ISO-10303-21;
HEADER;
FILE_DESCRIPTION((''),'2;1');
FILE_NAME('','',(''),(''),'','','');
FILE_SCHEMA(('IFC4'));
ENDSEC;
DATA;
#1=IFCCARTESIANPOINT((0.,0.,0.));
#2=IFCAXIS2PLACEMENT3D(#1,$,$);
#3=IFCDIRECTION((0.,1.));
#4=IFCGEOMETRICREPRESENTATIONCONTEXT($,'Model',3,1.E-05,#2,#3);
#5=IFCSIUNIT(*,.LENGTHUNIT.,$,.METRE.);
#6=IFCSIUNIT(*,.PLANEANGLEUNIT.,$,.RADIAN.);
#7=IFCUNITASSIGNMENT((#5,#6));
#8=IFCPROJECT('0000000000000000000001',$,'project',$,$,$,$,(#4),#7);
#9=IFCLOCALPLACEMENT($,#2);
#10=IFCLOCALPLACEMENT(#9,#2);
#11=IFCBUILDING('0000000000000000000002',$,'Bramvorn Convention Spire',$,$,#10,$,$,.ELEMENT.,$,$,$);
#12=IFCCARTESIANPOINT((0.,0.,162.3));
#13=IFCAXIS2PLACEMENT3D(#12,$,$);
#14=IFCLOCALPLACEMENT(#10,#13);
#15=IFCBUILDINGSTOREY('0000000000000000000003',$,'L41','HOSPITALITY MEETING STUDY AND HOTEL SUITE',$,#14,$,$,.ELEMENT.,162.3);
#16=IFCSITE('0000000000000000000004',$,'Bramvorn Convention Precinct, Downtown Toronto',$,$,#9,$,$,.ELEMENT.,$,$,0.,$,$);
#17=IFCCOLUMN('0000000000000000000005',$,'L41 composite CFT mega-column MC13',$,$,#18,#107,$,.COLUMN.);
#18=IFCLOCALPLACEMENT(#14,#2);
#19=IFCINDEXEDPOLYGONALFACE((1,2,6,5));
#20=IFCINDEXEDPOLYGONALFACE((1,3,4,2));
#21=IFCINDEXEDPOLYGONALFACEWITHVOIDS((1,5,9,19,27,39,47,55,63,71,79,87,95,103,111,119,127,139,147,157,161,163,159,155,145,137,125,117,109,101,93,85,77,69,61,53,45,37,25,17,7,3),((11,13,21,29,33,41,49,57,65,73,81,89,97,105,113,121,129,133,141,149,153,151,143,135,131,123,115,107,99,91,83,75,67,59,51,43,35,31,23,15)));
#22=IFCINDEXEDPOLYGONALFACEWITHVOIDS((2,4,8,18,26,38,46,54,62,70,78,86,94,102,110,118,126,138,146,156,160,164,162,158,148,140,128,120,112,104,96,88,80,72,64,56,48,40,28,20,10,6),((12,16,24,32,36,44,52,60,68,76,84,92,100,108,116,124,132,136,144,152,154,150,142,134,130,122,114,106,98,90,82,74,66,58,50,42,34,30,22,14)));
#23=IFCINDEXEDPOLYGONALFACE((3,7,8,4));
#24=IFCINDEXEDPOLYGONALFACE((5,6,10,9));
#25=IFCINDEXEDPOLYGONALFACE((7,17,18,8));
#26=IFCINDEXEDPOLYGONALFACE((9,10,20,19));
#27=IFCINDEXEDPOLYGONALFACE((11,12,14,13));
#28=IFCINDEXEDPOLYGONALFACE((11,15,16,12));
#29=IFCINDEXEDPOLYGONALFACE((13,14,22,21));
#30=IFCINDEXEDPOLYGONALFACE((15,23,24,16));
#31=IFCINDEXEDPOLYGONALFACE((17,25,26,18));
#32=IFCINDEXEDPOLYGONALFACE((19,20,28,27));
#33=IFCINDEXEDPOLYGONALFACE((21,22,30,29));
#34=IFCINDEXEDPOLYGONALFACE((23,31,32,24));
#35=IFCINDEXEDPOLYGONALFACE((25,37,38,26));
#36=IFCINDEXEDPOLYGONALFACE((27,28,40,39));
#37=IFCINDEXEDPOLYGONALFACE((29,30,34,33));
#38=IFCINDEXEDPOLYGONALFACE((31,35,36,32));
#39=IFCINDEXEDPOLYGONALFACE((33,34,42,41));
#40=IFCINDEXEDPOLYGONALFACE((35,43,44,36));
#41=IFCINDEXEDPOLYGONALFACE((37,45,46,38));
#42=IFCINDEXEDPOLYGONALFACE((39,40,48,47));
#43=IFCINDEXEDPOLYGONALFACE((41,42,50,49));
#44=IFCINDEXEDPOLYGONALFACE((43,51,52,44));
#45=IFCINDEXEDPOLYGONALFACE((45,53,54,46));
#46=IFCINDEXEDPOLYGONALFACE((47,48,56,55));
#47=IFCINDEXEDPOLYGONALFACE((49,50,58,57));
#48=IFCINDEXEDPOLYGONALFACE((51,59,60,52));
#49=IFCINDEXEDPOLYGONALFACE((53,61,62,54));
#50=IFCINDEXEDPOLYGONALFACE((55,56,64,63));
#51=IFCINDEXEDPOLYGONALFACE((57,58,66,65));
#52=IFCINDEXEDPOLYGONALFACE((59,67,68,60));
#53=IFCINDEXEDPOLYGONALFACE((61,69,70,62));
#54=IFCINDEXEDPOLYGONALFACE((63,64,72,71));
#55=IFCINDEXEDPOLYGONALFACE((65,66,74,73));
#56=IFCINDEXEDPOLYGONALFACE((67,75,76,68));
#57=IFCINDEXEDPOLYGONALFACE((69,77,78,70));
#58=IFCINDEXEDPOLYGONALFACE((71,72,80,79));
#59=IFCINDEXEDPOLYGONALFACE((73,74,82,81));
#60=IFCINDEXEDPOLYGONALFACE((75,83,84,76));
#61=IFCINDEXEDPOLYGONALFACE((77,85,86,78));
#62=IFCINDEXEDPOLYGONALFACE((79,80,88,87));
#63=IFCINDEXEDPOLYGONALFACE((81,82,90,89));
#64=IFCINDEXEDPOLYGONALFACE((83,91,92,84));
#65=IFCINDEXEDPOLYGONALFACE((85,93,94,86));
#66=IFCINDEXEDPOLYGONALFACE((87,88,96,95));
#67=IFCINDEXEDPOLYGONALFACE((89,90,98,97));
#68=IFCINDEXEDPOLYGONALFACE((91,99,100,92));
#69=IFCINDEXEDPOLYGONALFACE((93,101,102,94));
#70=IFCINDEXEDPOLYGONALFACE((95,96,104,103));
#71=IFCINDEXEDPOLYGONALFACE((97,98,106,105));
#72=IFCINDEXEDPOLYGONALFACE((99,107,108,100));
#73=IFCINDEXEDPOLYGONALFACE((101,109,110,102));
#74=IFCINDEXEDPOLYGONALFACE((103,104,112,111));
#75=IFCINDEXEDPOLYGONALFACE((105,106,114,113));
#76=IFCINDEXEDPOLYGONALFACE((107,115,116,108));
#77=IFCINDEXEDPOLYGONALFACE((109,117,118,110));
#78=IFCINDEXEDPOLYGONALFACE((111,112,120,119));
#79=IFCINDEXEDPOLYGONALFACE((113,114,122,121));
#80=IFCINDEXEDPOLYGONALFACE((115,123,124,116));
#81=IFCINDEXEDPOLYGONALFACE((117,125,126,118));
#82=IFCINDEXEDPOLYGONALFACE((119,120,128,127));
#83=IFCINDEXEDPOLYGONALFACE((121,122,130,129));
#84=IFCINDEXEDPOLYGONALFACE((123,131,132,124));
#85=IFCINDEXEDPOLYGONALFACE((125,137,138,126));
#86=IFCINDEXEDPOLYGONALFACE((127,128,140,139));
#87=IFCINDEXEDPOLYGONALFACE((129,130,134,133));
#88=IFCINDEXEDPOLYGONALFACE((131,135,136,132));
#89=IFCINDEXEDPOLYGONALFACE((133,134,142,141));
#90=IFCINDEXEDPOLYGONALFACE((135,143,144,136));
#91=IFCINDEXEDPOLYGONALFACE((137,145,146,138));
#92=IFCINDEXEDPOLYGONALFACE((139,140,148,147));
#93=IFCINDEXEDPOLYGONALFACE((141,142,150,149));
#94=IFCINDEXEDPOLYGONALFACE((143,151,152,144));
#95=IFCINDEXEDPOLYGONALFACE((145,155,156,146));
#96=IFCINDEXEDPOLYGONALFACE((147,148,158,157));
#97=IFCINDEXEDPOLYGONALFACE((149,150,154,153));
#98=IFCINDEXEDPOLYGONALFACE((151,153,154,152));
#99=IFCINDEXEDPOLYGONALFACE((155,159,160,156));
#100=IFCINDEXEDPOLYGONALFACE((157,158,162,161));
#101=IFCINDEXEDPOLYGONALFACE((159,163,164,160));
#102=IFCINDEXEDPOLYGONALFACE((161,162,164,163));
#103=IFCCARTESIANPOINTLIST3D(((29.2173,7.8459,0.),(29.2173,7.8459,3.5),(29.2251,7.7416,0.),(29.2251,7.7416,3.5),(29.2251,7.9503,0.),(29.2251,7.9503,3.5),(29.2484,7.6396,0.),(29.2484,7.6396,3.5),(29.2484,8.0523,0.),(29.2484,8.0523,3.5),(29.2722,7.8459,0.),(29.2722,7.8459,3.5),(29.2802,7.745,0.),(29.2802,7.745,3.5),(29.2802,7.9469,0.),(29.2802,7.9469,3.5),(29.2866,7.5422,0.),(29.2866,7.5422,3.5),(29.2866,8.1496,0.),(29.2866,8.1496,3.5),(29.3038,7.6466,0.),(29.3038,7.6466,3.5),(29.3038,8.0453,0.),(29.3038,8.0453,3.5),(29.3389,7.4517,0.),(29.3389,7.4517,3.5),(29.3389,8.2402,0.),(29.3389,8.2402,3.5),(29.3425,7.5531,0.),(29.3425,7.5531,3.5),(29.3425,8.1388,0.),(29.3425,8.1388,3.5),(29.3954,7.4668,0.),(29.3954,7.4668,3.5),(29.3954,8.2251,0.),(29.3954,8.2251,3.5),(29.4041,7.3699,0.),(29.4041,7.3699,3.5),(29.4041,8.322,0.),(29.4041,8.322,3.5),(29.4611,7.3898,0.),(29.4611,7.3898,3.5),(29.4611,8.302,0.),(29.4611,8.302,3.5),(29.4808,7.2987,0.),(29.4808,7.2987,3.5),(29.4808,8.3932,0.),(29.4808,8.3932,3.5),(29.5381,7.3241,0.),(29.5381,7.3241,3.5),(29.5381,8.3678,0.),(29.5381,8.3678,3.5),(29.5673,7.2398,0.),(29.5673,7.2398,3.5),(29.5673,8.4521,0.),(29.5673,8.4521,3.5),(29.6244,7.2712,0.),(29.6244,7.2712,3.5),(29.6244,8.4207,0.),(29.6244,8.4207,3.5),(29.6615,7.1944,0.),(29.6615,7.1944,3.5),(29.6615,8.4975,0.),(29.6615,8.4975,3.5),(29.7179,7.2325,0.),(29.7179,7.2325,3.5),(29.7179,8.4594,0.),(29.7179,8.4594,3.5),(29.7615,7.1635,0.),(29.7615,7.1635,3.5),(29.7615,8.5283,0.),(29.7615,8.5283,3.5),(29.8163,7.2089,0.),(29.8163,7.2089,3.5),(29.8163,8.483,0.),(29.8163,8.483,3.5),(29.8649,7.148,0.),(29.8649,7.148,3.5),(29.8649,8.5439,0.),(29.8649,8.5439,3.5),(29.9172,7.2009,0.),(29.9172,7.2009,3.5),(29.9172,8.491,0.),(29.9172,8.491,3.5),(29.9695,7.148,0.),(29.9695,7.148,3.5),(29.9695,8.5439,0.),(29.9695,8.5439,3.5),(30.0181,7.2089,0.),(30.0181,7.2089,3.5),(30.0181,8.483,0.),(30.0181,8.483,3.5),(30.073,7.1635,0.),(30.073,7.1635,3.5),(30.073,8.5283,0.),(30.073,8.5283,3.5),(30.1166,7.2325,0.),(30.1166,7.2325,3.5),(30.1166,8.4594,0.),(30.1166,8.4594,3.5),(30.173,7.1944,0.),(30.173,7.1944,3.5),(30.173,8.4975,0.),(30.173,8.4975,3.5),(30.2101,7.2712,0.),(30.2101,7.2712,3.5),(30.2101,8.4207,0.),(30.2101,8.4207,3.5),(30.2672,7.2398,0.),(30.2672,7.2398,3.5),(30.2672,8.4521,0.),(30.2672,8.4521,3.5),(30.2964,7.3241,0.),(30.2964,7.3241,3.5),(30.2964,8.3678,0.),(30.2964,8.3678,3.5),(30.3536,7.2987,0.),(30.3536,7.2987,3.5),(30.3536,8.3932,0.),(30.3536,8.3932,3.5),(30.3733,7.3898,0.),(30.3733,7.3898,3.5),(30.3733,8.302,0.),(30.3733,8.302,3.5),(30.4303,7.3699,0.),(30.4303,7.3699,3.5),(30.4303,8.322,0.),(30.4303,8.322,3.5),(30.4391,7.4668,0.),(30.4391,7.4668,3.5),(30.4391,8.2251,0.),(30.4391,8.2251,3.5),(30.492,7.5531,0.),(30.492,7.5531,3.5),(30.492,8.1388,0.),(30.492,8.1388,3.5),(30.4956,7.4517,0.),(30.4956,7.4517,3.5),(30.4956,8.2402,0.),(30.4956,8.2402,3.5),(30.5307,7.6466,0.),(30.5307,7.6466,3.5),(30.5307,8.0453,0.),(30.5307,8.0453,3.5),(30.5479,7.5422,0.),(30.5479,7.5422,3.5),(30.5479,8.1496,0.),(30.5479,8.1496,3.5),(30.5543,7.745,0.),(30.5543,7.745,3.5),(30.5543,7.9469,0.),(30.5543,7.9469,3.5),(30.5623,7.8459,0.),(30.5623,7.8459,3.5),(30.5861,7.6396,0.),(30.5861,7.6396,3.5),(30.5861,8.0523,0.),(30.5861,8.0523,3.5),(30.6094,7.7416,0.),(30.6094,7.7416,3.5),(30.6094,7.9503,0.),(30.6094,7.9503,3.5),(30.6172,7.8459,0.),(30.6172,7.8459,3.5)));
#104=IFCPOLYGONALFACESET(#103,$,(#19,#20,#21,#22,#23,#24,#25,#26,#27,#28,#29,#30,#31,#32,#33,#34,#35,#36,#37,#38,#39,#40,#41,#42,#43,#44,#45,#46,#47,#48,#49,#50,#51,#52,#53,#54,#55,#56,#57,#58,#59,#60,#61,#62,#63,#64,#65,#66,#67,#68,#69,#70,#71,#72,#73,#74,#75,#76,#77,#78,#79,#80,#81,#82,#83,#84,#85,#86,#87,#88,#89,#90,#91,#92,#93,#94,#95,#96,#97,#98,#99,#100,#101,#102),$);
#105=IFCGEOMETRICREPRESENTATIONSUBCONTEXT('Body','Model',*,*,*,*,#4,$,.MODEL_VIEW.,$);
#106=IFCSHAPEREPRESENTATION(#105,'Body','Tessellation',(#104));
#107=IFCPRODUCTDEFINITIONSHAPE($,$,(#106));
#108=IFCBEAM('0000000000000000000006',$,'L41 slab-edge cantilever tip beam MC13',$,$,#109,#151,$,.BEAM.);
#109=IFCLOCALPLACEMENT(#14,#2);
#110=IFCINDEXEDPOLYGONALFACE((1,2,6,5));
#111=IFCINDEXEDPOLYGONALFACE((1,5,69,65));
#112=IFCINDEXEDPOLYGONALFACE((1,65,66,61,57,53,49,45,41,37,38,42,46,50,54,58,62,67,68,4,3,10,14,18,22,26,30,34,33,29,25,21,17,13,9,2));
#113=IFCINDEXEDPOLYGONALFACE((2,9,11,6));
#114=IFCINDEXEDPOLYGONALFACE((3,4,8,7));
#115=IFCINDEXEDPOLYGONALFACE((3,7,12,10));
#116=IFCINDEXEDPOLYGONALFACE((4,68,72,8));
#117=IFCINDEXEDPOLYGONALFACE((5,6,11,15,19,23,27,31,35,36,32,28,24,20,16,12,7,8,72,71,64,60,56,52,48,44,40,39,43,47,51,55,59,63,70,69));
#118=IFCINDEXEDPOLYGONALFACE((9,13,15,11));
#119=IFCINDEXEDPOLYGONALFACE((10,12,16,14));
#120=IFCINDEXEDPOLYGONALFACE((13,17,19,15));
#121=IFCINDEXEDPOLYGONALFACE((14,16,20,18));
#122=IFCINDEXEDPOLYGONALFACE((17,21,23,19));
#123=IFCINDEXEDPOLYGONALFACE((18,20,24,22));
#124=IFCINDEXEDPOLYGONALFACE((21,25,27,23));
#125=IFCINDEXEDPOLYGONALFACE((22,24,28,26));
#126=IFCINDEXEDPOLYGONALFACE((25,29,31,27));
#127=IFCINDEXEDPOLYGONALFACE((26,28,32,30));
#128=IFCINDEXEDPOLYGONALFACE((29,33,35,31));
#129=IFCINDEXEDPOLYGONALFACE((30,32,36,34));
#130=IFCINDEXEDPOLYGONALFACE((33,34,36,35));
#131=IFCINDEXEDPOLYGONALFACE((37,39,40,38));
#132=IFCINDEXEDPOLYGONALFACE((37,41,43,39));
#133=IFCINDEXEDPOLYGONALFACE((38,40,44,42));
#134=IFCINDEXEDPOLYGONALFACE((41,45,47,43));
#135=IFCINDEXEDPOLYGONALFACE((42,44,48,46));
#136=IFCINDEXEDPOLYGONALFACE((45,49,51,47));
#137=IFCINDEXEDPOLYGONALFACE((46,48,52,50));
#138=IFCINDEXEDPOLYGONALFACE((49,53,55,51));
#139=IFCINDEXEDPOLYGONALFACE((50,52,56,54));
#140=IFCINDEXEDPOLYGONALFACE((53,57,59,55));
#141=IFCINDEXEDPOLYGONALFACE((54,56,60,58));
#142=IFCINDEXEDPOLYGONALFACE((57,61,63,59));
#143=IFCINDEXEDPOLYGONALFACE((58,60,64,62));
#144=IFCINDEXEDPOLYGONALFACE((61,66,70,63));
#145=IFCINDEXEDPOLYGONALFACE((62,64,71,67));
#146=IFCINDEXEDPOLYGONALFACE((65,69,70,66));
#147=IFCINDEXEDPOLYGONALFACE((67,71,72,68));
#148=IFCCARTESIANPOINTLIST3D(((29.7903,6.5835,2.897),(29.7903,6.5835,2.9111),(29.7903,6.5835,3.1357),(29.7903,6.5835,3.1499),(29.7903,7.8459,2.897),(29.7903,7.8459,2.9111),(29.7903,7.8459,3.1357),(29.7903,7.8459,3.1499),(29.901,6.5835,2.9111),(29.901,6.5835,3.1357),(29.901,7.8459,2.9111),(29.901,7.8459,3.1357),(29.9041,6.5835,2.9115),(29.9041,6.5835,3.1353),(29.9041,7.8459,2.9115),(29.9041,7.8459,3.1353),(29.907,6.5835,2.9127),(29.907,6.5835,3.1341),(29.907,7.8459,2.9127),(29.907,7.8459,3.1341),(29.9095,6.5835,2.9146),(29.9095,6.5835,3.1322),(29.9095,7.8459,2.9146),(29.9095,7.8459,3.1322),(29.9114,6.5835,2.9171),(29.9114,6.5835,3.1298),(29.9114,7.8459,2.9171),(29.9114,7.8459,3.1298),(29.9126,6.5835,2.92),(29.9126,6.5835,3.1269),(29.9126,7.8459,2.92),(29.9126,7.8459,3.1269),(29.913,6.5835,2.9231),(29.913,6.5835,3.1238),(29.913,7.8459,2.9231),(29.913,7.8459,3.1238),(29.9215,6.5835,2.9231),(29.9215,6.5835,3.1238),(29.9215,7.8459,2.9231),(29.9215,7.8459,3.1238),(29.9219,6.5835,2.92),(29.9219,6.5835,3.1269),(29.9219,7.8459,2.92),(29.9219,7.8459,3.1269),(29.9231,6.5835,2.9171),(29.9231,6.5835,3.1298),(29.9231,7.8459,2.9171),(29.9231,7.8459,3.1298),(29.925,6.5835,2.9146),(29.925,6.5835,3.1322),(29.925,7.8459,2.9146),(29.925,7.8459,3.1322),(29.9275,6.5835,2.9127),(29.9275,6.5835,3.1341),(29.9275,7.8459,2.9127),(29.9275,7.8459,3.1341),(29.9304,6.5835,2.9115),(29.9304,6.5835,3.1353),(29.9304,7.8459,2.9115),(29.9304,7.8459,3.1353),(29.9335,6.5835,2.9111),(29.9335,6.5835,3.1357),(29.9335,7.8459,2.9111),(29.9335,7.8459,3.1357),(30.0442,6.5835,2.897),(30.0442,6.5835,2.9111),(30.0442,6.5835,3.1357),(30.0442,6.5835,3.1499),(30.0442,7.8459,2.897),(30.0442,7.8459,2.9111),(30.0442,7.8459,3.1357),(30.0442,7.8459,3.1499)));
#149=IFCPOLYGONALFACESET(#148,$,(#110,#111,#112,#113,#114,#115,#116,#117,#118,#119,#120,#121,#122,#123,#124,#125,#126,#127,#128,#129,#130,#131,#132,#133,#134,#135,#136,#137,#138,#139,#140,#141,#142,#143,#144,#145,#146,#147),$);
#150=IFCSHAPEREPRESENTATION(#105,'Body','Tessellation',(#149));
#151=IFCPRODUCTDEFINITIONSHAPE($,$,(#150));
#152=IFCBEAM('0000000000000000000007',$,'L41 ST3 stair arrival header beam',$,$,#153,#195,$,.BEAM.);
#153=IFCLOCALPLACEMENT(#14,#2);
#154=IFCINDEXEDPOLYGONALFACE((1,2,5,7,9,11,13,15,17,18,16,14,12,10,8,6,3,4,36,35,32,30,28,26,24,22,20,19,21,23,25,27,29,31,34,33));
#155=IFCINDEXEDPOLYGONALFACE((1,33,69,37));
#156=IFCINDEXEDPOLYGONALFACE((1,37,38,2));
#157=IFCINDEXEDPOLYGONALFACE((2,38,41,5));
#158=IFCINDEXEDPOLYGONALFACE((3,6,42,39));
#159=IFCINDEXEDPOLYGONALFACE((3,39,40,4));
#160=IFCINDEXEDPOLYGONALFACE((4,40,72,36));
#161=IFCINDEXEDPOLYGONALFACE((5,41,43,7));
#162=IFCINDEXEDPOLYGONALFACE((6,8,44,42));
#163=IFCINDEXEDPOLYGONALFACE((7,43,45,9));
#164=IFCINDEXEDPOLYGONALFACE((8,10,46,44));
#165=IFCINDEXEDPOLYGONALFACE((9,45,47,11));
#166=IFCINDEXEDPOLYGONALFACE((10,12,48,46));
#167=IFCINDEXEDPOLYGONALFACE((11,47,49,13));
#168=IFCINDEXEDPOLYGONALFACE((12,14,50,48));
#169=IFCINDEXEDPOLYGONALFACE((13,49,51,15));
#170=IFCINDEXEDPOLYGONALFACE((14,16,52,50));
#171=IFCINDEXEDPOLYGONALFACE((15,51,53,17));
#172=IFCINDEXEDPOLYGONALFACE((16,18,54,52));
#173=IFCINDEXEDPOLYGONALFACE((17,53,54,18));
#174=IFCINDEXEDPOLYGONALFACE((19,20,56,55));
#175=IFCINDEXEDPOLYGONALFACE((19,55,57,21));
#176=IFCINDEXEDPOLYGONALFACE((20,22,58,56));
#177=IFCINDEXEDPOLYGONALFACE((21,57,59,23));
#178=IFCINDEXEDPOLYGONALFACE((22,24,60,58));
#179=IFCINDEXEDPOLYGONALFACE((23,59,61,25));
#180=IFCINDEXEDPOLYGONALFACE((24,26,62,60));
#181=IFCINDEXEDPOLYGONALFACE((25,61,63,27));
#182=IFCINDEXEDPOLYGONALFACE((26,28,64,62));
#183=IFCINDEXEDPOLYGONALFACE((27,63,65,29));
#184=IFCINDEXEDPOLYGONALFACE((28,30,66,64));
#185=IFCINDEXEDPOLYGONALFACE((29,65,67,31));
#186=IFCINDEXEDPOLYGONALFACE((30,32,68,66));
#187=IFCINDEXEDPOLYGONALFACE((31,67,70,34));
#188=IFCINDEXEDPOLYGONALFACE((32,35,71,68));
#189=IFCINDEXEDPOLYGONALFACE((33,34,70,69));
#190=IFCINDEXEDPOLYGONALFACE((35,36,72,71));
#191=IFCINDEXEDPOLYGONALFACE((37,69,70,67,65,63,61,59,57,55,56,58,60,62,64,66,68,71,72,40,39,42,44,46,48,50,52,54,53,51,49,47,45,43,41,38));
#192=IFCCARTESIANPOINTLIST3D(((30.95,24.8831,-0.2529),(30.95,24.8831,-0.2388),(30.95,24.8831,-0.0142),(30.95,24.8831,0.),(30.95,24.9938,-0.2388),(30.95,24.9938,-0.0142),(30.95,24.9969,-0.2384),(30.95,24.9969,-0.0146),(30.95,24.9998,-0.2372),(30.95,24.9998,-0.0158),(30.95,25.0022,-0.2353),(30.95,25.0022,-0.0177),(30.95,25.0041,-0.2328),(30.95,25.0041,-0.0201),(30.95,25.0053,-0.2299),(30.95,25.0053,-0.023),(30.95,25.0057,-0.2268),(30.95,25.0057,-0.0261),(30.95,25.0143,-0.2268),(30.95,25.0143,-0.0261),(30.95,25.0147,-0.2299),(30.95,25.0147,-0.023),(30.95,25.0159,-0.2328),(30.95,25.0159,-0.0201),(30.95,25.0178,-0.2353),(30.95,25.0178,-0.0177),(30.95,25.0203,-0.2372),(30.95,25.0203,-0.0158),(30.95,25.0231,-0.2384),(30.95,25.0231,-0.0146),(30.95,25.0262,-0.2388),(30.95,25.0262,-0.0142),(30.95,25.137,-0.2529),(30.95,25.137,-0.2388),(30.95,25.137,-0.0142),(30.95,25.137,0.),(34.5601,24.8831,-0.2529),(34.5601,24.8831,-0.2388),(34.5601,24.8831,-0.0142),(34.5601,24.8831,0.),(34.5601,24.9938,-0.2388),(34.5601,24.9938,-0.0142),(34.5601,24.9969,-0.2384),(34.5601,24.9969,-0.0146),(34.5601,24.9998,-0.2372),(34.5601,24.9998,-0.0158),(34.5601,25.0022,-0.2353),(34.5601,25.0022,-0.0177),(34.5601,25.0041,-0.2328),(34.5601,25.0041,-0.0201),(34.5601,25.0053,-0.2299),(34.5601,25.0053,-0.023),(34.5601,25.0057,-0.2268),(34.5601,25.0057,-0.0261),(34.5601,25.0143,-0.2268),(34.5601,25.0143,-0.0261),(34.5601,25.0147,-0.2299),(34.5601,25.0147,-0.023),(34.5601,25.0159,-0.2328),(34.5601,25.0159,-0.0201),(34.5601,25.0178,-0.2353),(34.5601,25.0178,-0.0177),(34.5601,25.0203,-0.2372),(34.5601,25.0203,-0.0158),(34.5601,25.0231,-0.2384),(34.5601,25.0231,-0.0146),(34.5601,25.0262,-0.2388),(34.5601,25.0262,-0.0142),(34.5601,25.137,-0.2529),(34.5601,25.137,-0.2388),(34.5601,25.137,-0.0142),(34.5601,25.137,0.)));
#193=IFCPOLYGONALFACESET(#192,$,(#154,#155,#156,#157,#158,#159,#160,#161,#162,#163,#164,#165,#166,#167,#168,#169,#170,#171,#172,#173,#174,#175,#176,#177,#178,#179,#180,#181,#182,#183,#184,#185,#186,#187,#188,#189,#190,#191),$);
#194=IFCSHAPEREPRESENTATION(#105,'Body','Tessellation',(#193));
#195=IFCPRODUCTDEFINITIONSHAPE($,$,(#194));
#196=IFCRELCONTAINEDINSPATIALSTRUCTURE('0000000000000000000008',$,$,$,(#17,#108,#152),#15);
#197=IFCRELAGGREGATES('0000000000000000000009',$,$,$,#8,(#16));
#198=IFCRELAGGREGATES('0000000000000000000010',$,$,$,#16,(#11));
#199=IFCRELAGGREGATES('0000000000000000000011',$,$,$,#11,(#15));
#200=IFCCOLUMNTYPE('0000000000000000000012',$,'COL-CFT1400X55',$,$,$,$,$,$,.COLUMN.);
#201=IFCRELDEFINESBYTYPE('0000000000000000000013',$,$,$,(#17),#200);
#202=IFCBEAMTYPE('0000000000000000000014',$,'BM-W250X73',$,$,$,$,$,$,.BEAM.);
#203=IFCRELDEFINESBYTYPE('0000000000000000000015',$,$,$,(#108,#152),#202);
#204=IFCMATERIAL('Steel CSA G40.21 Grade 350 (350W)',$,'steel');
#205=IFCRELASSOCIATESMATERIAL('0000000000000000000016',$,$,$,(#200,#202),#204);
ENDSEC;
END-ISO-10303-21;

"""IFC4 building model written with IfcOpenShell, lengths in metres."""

from ifc_helpers import new_model, si_unit, direction, frame, origin, origin_2d, place, context, subcontext, project, spatial, hollow_circle, i_section, extrude, material, material_profile, profile_set, type_object, element, save


model = new_model("IFC4")

# Units and contexts
model_context = context("Model", 3, precision=1e-05, world=origin(), true_north=direction((0.0, 1.0)))
body_context = subcontext(model_context, "Body", "Model", "MODEL_VIEW")
ifc_project = project(units=[si_unit("LENGTHUNIT", "METRE"), si_unit("PLANEANGLEUNIT", "RADIAN")], contexts=[model_context])

# Site, building, storey
site_placement = place(None, origin())
site = spatial("IfcSite", under=ifc_project, at=site_placement, Name="Bramvorn Convention Precinct, Downtown Toronto", CompositionType="ELEMENT", RefElevation=0.0)
building_placement = place(site_placement, origin())
building = spatial("IfcBuilding", under=site, at=building_placement, Name="Bramvorn Convention Spire", CompositionType="ELEMENT")
storey_placement = place(building_placement, frame((0.0, 0.0, 162.3)))
storey = spatial("IfcBuildingStorey", under=building, at=storey_placement, Name="L41", Description="HOSPITALITY MEETING STUDY AND HOTEL SUITE", CompositionType="ELEMENT", Elevation=162.3)

# Column
ifc_material_1 = material(Name="Steel CSA G40.21 Grade 350 (350W)", Category="steel")
ifc_material_profile_1 = material_profile(ifc_material_1, hollow_circle(Radius=0.7, WallThickness=0.0549, at=origin_2d()))
ifc_profile_set_1 = profile_set([ifc_material_profile_1], Name="Steel CSA G40.21 Grade 350 (350W) - CFT1400X55")
column_type = type_object("IfcColumnType", Name="COL-CFT1400X55", PredefinedType="COLUMN", material=ifc_profile_set_1)
column_placement = place(storey_placement, frame((29.9172, 7.8459, 0.0), z_axis=(0.0, 0.0, 1.0), x_axis=(1.0, 0.0, 0.0)))
element("IfcColumn", 1, at=column_placement, inside=storey, type_object=column_type, Name="L41 composite CFT mega-column MC13", PredefinedType="COLUMN", context=body_context, shape_type="SweptSolid", body=[
    extrude(hollow_circle(Radius=0.7, WallThickness=0.0549, at=origin_2d()), origin(), (0.0, 0.0, 1.0), 3.5),
])

# Beams
ifc_material_profile_2 = material_profile(ifc_material_1, i_section(OverallWidth=0.2539, OverallDepth=0.2529, WebThickness=0.0085, FlangeThickness=0.0142, FilletRadius=0.012, at=origin_2d()))
ifc_profile_set_2 = profile_set([ifc_material_profile_2], Name="Steel CSA G40.21 Grade 350 (350W) - W250X73")
beam_type_1 = type_object("IfcBeamType", Name="BM-W250X73", PredefinedType="BEAM", material=ifc_profile_set_2)
beam_1_placement = place(storey_placement, frame((29.9172, 7.8459, 3.0234), z_axis=(0.0, -1.0, 0.0), x_axis=(1.0, 0.0, 0.0)))
element("IfcBeam", 2, at=beam_1_placement, inside=storey, type_object=beam_type_1, Name="L41 slab-edge cantilever tip beam MC13", PredefinedType="BEAM", context=body_context, shape_type="SweptSolid", body=[
    extrude(i_section(OverallWidth=0.2539, OverallDepth=0.2529, WebThickness=0.0085, FlangeThickness=0.0142, FilletRadius=0.012, at=origin_2d()), origin(), (0.0, 0.0, 1.0), 1.2625),
])
beam_2_placement = place(storey_placement, frame((30.95, 25.01, -0.1265), z_axis=(1.0, 0.0, 0.0), x_axis=(0.0, 1.0, 0.0)))
element("IfcBeam", 3, at=beam_2_placement, inside=storey, type_object=beam_type_1, Name="L41 ST3 stair arrival header beam", PredefinedType="BEAM", context=body_context, shape_type="SweptSolid", body=[
    extrude(i_section(OverallWidth=0.2539, OverallDepth=0.2529, WebThickness=0.0085, FlangeThickness=0.0142, FilletRadius=0.012, at=origin_2d()), origin(), (0.0, 0.0, 1.0), 3.6101),
])

save(model, "model.ifc")
